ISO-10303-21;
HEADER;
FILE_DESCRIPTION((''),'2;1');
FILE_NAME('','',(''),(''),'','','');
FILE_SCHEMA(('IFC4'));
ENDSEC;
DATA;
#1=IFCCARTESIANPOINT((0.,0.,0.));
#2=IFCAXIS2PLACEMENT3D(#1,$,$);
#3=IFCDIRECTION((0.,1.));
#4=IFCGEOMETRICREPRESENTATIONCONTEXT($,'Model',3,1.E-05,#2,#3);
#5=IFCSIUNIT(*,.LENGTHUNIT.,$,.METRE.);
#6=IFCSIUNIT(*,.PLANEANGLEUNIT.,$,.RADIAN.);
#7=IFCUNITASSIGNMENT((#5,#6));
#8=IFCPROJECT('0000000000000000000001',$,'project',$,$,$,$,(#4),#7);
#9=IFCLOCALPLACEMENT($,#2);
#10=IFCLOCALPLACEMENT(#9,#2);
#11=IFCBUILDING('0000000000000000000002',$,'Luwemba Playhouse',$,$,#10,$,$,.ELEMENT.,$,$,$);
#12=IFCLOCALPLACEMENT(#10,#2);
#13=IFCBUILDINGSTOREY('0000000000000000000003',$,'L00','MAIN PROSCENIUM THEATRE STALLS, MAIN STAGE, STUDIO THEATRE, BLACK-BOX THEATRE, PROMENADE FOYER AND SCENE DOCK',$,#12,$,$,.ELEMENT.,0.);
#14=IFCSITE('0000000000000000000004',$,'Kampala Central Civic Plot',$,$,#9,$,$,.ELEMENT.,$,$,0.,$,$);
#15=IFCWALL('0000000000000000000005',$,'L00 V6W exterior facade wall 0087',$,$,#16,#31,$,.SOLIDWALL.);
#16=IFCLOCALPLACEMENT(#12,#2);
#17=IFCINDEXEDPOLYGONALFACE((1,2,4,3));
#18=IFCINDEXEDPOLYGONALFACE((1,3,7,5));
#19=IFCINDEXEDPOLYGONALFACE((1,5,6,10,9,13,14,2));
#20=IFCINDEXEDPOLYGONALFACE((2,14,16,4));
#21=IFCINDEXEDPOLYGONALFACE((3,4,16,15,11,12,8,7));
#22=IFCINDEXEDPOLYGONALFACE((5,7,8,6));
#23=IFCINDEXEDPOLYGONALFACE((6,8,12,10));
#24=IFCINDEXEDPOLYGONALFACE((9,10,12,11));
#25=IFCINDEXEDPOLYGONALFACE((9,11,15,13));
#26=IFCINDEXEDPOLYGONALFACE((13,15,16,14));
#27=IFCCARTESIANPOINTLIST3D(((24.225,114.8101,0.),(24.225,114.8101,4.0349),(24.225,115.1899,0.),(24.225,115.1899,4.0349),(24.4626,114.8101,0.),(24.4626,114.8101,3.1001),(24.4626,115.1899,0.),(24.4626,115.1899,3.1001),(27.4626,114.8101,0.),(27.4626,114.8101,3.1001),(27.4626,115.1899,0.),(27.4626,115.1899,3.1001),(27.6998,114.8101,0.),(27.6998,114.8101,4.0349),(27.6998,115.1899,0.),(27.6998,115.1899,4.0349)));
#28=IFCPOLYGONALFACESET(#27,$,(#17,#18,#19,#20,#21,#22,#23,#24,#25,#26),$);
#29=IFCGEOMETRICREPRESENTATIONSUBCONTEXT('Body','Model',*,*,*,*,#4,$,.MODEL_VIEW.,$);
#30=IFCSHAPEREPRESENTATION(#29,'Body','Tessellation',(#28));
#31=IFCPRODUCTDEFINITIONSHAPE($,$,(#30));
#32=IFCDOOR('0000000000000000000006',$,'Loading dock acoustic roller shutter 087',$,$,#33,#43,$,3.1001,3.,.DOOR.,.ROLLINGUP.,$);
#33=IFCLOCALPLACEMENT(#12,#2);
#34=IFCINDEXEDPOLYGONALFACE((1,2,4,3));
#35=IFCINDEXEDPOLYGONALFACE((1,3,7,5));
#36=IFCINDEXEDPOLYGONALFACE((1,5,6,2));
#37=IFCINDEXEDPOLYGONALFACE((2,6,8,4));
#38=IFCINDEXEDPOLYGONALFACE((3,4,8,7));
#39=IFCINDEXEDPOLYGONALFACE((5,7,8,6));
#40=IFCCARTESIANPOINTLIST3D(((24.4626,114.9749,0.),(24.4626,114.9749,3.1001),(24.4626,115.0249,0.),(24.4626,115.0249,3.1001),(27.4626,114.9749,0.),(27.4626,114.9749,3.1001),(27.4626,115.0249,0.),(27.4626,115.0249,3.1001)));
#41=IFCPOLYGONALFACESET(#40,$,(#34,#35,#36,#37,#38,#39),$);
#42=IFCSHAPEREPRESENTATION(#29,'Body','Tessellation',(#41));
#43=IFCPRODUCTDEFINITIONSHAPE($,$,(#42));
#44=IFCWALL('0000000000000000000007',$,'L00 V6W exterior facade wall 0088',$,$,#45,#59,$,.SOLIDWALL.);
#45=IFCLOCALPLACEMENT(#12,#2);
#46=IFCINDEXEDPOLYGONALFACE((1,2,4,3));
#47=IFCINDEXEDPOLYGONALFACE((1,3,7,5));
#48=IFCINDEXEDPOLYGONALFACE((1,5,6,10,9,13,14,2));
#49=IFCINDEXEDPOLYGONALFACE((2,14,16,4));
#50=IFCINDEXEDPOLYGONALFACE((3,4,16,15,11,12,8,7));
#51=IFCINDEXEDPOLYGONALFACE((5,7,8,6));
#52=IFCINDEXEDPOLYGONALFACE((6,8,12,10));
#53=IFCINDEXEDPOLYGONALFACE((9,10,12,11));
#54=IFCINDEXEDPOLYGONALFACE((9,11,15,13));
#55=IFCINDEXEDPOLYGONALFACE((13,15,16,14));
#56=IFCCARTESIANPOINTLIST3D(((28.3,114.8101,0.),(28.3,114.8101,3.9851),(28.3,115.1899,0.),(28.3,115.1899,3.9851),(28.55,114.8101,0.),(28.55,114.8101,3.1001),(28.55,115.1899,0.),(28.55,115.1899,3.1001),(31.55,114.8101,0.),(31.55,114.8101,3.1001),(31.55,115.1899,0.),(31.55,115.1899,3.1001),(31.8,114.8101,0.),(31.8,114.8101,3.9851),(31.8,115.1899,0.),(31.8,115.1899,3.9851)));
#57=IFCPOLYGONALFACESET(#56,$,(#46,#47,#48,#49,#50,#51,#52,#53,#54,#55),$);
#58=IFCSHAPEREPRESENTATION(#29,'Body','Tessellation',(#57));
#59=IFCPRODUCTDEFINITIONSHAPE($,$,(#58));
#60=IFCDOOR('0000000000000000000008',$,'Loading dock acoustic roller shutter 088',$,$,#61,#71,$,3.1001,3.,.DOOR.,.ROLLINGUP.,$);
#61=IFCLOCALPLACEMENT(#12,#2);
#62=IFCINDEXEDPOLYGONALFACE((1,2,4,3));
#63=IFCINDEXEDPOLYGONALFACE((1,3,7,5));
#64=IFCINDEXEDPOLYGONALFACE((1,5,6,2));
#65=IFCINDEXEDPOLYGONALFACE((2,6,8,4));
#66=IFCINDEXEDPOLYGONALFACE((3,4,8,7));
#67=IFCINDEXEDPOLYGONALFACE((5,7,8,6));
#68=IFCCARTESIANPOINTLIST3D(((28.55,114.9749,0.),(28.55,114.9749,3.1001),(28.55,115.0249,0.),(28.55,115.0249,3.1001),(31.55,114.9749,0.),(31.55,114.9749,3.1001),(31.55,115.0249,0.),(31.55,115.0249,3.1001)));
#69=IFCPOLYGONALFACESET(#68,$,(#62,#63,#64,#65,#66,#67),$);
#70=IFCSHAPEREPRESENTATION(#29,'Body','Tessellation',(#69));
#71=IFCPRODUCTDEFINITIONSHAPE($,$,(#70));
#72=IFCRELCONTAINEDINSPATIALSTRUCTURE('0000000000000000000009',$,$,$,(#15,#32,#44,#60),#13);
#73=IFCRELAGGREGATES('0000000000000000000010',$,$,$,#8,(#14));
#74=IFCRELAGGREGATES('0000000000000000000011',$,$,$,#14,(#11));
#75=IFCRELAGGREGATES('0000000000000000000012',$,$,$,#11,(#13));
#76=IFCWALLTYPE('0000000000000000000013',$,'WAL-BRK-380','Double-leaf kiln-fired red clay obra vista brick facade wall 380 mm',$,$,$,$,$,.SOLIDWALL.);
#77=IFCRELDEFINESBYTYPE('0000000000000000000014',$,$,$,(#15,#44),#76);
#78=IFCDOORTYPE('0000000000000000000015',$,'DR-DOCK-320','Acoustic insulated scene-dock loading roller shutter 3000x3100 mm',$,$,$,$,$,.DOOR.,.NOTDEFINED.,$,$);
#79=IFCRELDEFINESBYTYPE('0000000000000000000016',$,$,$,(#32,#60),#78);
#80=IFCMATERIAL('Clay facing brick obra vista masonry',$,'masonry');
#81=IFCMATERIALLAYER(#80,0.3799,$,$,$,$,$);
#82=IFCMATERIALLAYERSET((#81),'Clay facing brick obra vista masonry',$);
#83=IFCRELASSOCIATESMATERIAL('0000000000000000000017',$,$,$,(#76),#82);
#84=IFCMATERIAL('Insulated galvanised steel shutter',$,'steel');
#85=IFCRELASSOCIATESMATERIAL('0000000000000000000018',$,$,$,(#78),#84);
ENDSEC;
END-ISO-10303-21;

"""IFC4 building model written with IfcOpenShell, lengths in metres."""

from ifc_helpers import new_model, si_unit, direction, frame, frame_2d, origin, place, context, subcontext, project, spatial, rectangle, extrude, material, layer, layer_set, type_object, element, fill, save


model = new_model("IFC4")

# Units and contexts
model_context = context("Model", 3, precision=1e-05, world=origin(), true_north=direction((0.0, 1.0)))
body_context = subcontext(model_context, "Body", "Model", "MODEL_VIEW")
ifc_project = project(units=[si_unit("LENGTHUNIT", "METRE"), si_unit("PLANEANGLEUNIT", "RADIAN")], contexts=[model_context])

# Site, building, storey
site_placement = place(None, origin())
site = spatial("IfcSite", under=ifc_project, at=site_placement, Name="Kampala Central Civic Plot", CompositionType="ELEMENT", RefElevation=0.0)
building_placement = place(site_placement, origin())
building = spatial("IfcBuilding", under=site, at=building_placement, Name="Luwemba Playhouse", CompositionType="ELEMENT")
storey_placement = place(building_placement, origin())
storey = spatial("IfcBuildingStorey", under=building, at=storey_placement, Name="L00", Description="MAIN PROSCENIUM THEATRE STALLS, MAIN STAGE, STUDIO THEATRE, BLACK-BOX THEATRE, PROMENADE FOYER AND SCENE DOCK", CompositionType="ELEMENT", Elevation=0.0)

# Walls, openings, doors
ifc_material_1 = material(Name="Clay facing brick obra vista masonry", Category="masonry")
ifc_layer = layer(ifc_material_1, 0.3799)
ifc_layer_set = layer_set([ifc_layer], Name="Clay facing brick obra vista masonry")
wall_type = type_object("IfcWallType", Name="WAL-BRK-380", Description="Double-leaf kiln-fired red clay obra vista brick facade wall 380 mm", PredefinedType="SOLIDWALL", material=ifc_layer_set)
ifc_material_2 = material(Name="Insulated galvanised steel shutter", Category="steel")
door_type = type_object("IfcDoorType", Name="DR-DOCK-320", Description="Acoustic insulated scene-dock loading roller shutter 3000x3100 mm", OperationType="NOTDEFINED", PredefinedType="DOOR", material=ifc_material_2)
wall_1_placement = place(storey_placement, frame((24.2251, 115.0, 0.0), z_axis=(0.0, 0.0, 1.0), x_axis=(1.0, 0.0, 0.0)))
wall_1 = element("IfcWall", 1, at=wall_1_placement, inside=storey, type_object=wall_type, Name="L00 V6W exterior facade wall 0087", PredefinedType="SOLIDWALL", context=body_context, shape_type="SweptSolid", body=[
    extrude(rectangle(XDim=3.4749, YDim=0.3799, at=frame_2d((1.7373, 0.0))), origin(), (0.0, 0.0, 1.0), 4.0349),
])
opening_1_placement = place(wall_1_placement, frame((0.2375, 0.0, 0.0)))
opening_1 = element("IfcOpeningElement", 2, at=opening_1_placement, cuts=wall_1, PredefinedType="OPENING", context=body_context, shape_type="SweptSolid", body=[
    extrude(rectangle(XDim=3.0, YDim=3.1001, at=frame_2d((1.5, 1.55))), frame((0.0, 0.2, 0.0), z_axis=(0.0, -1.0, 0.0), x_axis=(1.0, 0.0, 0.0)), (0.0, 0.0, 1.0), 0.3999),
])
door_1_placement = place(opening_1_placement, origin())
door_1 = element("IfcDoor", 3, at=door_1_placement, inside=storey, type_object=door_type, Name="Loading dock acoustic roller shutter 087", OperationType="ROLLINGUP", OverallHeight=3.1001, OverallWidth=3.0, PredefinedType="DOOR", context=body_context, shape_type="SweptSolid", body=[
    extrude(rectangle(XDim=3.0, YDim=3.1001, at=frame_2d((1.5, 1.55))), frame((0.0, 0.0249, 0.0), z_axis=(0.0, -1.0, 0.0), x_axis=(1.0, 0.0, 0.0)), (0.0, 0.0, 1.0), 0.05),
])
fill(opening_1, door_1)
wall_2_placement = place(storey_placement, frame((28.3, 115.0, 0.0), z_axis=(0.0, 0.0, 1.0), x_axis=(1.0, 0.0, 0.0)))
wall_2 = element("IfcWall", 4, at=wall_2_placement, inside=storey, type_object=wall_type, Name="L00 V6W exterior facade wall 0088", PredefinedType="SOLIDWALL", context=body_context, shape_type="SweptSolid", body=[
    extrude(rectangle(XDim=3.5, YDim=0.3799, at=frame_2d((1.75, 0.0))), origin(), (0.0, 0.0, 1.0), 3.9851),
])
opening_2_placement = place(wall_2_placement, frame((0.25, 0.0, 0.0)))
opening_2 = element("IfcOpeningElement", 5, at=opening_2_placement, cuts=wall_2, PredefinedType="OPENING", context=body_context, shape_type="SweptSolid", body=[
    extrude(rectangle(XDim=3.0, YDim=3.1001, at=frame_2d((1.5, 1.55))), frame((0.0, 0.2, 0.0), z_axis=(0.0, -1.0, 0.0), x_axis=(1.0, 0.0, 0.0)), (0.0, 0.0, 1.0), 0.3999),
])
door_2_placement = place(opening_2_placement, origin())
door_2 = element("IfcDoor", 6, at=door_2_placement, inside=storey, type_object=door_type, Name="Loading dock acoustic roller shutter 088", OperationType="ROLLINGUP", OverallHeight=3.1001, OverallWidth=3.0, PredefinedType="DOOR", context=body_context, shape_type="SweptSolid", body=[
    extrude(rectangle(XDim=3.0, YDim=3.1001, at=frame_2d((1.5, 1.55))), frame((0.0, 0.0249, 0.0), z_axis=(0.0, -1.0, 0.0), x_axis=(1.0, 0.0, 0.0)), (0.0, 0.0, 1.0), 0.05),
])
fill(opening_2, door_2)

save(model, "model.ifc")
